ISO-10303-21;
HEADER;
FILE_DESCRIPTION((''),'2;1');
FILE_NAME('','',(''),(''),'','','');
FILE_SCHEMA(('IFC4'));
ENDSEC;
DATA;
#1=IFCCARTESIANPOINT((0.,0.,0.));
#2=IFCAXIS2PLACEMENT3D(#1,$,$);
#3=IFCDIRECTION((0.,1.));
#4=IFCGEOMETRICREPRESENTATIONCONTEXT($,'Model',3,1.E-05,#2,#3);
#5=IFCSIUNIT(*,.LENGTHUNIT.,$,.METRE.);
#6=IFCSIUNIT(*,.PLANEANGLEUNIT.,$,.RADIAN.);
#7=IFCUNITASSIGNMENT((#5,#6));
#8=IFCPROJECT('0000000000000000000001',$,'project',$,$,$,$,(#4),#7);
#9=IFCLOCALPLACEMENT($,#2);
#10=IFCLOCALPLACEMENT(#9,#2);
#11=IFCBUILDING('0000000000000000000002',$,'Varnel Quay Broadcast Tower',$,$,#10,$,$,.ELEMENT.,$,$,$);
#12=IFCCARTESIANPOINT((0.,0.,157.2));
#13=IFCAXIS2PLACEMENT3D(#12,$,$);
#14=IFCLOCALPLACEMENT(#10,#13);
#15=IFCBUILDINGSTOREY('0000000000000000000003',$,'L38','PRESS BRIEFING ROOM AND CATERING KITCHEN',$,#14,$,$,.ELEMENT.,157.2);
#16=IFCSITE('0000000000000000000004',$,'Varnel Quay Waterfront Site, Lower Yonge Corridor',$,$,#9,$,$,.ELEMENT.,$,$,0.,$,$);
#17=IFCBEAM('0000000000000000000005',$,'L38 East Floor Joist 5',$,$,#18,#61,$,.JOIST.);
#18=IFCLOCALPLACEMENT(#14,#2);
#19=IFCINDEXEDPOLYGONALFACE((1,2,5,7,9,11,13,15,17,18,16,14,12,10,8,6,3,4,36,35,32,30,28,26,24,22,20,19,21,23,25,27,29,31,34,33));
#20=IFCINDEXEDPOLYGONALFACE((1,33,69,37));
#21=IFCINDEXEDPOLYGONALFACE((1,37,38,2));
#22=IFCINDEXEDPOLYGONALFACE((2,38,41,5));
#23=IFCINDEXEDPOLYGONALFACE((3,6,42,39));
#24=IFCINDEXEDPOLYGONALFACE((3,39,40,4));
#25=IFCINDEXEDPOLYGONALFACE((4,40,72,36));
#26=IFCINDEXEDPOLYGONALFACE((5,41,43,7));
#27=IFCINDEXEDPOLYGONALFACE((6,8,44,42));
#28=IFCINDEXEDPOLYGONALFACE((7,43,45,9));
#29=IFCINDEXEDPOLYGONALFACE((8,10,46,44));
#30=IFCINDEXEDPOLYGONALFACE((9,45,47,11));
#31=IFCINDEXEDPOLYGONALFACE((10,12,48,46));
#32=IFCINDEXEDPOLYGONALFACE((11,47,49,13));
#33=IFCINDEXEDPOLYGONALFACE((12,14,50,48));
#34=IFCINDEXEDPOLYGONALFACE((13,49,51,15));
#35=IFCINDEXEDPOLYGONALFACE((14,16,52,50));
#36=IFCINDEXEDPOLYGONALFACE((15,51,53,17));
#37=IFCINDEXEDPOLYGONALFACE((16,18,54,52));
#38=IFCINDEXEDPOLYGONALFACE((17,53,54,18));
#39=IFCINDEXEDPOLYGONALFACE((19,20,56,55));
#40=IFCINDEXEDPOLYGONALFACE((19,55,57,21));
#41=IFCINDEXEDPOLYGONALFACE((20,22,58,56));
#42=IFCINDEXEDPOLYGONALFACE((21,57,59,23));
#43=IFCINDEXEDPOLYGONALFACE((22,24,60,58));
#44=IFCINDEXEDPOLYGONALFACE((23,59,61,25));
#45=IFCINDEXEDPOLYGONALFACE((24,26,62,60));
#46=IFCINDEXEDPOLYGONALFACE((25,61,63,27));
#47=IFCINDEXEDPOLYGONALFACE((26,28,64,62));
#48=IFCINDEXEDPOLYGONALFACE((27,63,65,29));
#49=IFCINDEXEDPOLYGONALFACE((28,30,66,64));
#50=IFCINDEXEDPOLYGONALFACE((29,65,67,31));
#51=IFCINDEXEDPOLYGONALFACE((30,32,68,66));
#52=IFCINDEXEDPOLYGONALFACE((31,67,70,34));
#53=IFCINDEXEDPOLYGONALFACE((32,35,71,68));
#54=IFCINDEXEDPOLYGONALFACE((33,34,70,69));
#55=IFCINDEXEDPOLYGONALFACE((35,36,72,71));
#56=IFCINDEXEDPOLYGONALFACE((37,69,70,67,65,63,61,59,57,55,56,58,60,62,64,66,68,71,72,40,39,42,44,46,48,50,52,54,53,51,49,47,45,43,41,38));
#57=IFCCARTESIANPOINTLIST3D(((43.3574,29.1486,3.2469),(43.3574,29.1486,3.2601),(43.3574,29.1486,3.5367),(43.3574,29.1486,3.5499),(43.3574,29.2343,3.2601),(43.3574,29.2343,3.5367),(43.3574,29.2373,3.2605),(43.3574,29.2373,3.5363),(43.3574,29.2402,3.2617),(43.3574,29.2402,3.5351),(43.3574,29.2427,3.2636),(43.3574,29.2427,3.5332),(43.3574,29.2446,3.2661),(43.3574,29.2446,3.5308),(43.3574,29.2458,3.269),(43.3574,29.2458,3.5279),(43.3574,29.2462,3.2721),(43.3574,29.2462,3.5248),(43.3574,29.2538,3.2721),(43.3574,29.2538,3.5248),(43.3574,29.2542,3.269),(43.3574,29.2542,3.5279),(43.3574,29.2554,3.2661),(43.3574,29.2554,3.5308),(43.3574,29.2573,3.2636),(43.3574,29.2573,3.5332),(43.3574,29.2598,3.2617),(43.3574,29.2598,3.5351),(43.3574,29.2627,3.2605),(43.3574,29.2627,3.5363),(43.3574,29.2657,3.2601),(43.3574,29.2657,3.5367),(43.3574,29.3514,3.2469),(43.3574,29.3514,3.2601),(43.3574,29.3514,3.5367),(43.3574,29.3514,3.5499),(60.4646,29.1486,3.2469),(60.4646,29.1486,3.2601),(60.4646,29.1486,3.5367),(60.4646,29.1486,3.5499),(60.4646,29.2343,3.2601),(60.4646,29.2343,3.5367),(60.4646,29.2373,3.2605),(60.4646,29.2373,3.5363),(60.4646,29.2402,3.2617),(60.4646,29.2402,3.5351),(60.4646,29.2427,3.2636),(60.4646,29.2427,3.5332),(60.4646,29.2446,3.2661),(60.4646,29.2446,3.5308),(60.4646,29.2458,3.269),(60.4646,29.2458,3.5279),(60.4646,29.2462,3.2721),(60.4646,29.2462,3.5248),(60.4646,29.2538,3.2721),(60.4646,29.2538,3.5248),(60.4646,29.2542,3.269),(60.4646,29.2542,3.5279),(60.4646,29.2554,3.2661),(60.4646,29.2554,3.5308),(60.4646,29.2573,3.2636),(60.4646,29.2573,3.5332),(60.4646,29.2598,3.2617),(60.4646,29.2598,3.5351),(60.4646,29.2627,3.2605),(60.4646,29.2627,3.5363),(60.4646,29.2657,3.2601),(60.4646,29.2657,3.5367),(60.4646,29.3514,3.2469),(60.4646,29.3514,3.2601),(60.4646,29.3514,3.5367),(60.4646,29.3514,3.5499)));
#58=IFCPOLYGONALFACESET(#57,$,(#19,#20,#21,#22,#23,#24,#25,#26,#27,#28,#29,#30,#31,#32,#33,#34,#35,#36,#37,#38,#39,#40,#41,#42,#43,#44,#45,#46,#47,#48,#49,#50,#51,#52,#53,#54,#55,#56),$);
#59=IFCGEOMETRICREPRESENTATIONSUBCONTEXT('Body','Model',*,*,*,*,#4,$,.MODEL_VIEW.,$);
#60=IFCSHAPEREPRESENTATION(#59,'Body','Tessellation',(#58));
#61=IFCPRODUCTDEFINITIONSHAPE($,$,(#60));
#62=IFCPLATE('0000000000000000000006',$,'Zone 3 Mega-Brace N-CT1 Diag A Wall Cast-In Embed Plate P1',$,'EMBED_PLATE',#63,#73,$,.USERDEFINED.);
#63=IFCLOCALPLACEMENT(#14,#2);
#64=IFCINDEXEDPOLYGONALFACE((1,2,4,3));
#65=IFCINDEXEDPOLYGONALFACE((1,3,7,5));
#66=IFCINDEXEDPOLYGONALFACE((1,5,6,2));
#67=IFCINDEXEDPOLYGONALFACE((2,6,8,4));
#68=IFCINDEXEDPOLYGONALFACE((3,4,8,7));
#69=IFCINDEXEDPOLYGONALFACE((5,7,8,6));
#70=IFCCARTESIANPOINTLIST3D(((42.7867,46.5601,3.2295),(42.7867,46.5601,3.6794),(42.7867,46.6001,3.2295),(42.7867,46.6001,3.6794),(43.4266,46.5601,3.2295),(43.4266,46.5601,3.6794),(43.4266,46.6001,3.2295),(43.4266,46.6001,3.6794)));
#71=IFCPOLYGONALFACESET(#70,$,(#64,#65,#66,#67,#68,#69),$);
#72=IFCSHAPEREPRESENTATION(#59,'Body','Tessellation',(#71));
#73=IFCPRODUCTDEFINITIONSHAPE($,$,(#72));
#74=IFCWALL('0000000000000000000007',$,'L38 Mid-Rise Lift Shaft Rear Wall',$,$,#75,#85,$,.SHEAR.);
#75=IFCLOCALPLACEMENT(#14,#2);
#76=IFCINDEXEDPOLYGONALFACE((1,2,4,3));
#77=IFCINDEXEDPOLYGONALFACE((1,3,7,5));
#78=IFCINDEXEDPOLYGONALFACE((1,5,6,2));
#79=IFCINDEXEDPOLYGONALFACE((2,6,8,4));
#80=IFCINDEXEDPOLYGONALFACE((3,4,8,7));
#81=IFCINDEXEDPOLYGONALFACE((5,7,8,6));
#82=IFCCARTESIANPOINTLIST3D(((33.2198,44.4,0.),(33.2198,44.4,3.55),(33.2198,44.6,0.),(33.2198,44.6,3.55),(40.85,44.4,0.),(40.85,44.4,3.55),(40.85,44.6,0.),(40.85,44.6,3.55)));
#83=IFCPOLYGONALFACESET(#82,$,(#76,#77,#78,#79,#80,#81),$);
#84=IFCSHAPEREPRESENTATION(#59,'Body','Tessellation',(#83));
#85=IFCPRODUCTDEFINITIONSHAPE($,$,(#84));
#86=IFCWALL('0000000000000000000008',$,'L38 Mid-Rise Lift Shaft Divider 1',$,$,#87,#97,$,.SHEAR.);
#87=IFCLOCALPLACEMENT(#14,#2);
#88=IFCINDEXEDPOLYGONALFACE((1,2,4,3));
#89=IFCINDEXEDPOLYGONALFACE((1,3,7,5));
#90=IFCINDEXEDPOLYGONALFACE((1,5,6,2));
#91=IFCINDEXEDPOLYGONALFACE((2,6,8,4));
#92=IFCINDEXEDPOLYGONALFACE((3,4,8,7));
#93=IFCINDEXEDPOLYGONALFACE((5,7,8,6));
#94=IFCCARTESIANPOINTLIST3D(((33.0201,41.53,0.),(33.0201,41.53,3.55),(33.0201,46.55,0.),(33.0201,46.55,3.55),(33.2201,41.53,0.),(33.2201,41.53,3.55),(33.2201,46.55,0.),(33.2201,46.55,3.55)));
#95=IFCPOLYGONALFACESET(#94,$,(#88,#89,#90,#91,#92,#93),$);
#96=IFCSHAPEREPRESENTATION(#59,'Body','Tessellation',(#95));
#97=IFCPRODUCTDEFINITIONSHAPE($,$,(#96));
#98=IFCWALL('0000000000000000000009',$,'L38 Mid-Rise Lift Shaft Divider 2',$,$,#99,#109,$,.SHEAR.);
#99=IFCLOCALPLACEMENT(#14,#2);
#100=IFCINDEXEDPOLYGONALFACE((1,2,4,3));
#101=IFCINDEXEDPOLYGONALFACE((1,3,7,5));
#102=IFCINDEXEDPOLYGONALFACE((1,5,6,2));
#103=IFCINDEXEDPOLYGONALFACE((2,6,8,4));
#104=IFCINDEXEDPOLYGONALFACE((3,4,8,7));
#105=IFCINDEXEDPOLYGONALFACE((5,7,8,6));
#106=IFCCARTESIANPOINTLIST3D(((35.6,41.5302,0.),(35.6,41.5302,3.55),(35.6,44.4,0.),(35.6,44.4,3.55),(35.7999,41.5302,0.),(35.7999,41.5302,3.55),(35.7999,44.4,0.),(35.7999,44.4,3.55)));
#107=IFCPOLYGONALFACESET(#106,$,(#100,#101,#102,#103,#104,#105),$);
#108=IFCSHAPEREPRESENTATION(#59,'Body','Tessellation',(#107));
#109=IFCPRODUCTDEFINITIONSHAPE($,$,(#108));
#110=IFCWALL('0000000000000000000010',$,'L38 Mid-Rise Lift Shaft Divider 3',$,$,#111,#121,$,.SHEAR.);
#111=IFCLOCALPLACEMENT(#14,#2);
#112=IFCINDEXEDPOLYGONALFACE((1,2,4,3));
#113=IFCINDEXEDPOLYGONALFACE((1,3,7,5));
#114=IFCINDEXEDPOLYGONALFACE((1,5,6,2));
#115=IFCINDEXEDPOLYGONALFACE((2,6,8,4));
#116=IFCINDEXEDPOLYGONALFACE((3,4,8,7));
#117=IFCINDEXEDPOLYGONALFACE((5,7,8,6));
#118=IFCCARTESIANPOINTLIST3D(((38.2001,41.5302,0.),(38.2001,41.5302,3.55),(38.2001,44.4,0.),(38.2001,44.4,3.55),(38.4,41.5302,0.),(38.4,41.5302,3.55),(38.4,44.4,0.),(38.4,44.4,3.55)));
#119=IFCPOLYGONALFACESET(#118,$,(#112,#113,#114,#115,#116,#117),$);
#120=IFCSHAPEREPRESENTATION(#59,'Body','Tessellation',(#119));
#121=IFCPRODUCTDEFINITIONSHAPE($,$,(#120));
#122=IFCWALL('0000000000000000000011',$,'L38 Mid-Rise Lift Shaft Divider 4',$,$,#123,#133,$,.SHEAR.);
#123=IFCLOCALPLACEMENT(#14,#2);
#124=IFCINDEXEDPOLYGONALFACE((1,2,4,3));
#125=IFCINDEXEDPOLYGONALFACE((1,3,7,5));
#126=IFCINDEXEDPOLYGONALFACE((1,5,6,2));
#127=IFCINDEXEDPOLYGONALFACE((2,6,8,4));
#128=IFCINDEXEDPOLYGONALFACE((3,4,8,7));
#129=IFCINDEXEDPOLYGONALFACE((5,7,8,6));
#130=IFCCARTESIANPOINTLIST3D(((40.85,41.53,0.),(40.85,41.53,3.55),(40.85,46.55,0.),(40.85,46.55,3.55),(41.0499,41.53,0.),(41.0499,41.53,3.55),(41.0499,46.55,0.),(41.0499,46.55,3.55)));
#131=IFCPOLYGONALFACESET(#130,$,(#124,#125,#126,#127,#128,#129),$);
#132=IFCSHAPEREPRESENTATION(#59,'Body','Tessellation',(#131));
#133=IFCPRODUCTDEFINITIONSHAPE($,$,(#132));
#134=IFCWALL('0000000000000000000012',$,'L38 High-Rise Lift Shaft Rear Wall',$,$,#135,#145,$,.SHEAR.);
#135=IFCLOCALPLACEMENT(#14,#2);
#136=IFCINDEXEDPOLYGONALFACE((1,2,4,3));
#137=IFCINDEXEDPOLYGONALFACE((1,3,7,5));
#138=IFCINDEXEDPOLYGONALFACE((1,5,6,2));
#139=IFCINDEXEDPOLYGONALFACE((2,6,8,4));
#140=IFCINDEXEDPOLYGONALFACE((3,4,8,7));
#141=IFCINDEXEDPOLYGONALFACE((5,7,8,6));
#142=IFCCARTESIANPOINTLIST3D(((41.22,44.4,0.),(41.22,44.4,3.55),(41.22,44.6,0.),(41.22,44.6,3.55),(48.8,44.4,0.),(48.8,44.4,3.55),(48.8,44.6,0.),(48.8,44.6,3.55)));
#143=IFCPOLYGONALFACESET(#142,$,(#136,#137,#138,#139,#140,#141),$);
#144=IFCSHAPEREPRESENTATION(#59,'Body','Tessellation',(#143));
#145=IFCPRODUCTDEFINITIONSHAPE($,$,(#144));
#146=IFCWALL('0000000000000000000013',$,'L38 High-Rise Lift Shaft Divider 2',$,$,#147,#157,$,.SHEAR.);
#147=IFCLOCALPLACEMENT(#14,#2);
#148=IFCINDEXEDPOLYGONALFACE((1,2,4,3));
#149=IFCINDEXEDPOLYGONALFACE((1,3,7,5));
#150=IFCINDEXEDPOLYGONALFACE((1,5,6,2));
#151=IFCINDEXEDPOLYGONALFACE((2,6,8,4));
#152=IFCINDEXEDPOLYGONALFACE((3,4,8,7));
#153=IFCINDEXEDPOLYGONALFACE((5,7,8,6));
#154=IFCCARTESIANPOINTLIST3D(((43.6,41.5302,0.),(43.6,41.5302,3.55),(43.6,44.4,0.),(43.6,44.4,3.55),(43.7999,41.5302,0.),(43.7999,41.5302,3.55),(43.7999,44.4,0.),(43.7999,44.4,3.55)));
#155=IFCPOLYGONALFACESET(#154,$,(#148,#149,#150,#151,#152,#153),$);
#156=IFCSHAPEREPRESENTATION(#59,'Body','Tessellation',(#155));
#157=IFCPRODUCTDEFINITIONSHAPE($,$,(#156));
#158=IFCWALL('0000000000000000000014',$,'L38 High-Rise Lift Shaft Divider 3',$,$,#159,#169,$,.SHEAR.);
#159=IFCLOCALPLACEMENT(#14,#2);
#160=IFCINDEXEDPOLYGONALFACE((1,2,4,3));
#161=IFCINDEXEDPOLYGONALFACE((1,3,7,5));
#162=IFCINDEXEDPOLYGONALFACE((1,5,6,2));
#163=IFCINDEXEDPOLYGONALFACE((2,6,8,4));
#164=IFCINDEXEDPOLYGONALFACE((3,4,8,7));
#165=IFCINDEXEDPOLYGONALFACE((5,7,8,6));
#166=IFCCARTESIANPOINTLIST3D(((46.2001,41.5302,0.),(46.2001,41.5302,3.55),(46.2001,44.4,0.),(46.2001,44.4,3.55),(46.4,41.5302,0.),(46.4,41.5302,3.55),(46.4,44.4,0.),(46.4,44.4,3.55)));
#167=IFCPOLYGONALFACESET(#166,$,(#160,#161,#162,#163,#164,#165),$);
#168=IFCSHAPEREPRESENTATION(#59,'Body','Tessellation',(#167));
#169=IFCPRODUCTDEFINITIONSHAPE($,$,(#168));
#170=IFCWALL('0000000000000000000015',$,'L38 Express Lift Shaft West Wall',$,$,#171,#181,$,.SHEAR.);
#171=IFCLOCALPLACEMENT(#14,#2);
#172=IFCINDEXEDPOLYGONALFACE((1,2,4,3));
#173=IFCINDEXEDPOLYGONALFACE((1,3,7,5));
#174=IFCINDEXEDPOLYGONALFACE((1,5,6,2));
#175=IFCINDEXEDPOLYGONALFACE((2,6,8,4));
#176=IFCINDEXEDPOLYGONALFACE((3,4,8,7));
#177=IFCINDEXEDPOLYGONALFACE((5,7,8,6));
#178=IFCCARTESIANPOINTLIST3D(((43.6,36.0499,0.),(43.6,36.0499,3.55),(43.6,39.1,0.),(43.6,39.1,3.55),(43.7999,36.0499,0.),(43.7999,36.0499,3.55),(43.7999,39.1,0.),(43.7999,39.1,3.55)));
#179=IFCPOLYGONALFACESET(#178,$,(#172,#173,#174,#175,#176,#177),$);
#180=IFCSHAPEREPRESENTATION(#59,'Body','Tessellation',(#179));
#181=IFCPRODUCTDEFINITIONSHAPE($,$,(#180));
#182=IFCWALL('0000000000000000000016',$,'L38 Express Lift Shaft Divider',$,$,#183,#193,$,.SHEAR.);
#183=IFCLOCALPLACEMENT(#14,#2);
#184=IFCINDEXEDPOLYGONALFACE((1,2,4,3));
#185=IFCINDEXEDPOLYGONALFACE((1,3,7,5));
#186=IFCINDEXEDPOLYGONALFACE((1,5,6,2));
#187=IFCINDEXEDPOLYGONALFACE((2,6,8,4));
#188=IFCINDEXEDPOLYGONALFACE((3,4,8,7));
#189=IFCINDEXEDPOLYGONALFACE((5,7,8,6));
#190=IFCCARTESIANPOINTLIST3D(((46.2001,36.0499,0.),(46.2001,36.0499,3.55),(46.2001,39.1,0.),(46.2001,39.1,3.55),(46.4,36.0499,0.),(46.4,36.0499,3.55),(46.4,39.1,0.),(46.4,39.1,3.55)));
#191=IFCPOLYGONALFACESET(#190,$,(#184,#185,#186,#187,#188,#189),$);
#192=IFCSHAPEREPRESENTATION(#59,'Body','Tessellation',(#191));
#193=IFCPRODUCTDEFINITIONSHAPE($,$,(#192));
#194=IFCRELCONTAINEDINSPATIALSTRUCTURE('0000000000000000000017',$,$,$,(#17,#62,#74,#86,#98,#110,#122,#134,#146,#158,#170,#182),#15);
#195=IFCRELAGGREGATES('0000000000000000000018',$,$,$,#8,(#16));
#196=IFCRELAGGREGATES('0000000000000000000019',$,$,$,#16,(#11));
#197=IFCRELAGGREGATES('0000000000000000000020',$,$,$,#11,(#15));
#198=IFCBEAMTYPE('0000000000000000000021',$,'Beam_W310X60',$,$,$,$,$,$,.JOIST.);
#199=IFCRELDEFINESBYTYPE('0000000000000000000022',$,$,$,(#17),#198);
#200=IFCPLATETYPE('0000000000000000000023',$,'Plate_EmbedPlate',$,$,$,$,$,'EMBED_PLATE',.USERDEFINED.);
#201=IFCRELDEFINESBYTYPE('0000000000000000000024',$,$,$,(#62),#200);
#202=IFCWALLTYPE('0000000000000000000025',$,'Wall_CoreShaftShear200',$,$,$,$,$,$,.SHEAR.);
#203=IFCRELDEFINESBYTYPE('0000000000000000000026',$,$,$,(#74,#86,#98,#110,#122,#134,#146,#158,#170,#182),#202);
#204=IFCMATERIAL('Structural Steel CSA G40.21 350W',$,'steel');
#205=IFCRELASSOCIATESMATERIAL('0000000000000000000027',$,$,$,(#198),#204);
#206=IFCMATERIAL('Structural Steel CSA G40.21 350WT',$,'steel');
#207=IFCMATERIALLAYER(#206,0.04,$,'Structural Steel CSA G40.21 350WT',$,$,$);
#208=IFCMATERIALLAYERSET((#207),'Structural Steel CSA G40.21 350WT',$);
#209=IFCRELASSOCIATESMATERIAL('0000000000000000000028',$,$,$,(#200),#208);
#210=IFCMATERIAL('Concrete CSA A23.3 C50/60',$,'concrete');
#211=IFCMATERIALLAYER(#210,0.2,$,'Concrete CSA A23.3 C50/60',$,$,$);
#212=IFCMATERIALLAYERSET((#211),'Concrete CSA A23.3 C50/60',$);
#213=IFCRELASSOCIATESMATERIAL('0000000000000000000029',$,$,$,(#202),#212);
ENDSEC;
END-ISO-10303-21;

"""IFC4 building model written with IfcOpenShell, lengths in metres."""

from ifc_helpers import new_model, si_unit, direction, frame, frame_2d, origin, origin_2d, place, context, subcontext, project, spatial, rectangle, i_section, extrude, source, transform, mapped, material, layer, layer_set, material_profile, profile_set, type_object, type_shapes, element, save


model = new_model("IFC4")

# Units and contexts
model_context = context("Model", 3, precision=1e-05, world=origin(), true_north=direction((0.0, 1.0)))
body_context = subcontext(model_context, "Body", "Model", "MODEL_VIEW")
ifc_project = project(units=[si_unit("LENGTHUNIT", "METRE"), si_unit("PLANEANGLEUNIT", "RADIAN")], contexts=[model_context])

# Site, building, storey
site_placement = place(None, origin())
site = spatial("IfcSite", under=ifc_project, at=site_placement, Name="Varnel Quay Waterfront Site, Lower Yonge Corridor", CompositionType="ELEMENT", RefElevation=0.0)
building_placement = place(site_placement, origin())
building = spatial("IfcBuilding", under=site, at=building_placement, Name="Varnel Quay Broadcast Tower", CompositionType="ELEMENT")
storey_placement = place(building_placement, frame((0.0, 0.0, 157.2)))
storey = spatial("IfcBuildingStorey", under=building, at=storey_placement, Name="L38", Description="PRESS BRIEFING ROOM AND CATERING KITCHEN", CompositionType="ELEMENT", Elevation=157.2)

# Shared definitions
ifc_material_1 = material(Name="Structural Steel CSA G40.21 350WT", Category="steel")

# Beam
ifc_material_2 = material(Name="Concrete CSA A23.3 C50/60", Category="concrete")
ifc_material_3 = material(Name="Structural Steel CSA G40.21 350W", Category="steel")
ifc_material_profile_1 = material_profile(ifc_material_3, i_section(OverallWidth=0.2029, OverallDepth=0.303, WebThickness=0.0076, FlangeThickness=0.0132, FilletRadius=0.012, at=origin_2d()), Name="W310X60")
ifc_profile_set_1 = profile_set([ifc_material_profile_1], Name="Structural Steel CSA G40.21 350W")
beam_type_1 = type_object("IfcBeamType", Name="Beam_W310X60", PredefinedType="JOIST", material=ifc_profile_set_1)
shared_shape_1 = source(origin(), body_context, "Body", "SweptSolid", [
    extrude(i_section(OverallWidth=0.2029, OverallDepth=0.303, WebThickness=0.0076, FlangeThickness=0.0132, FilletRadius=0.012, at=origin_2d()), origin(), (0.0, 0.0, 1.0), 17.1072),
])
type_shapes(beam_type_1, [shared_shape_1])
beam_1_placement = place(storey_placement, frame((43.3574, 29.25, 3.3984), z_axis=(1.0, 0.0, 0.0), x_axis=(0.0, 1.0, 0.0)))
element("IfcBeam", 1, at=beam_1_placement, inside=storey, type_object=beam_type_1, Name="L38 East Floor Joist 5", PredefinedType="JOIST", context=body_context, shape_type="MappedRepresentation", body=[
    mapped(shared_shape_1, transform((0.0, 0.0, 0.0), x_axis=(1.0, 0.0, 0.0), y_axis=(0.0, 1.0, 0.0), z_axis=(0.0, 0.0, 1.0), scale=1.0)),
])

# Plate
ifc_layer_1 = layer(ifc_material_1, 0.04, Name="Structural Steel CSA G40.21 350WT")
ifc_layer_set_1 = layer_set([ifc_layer_1], Name="Structural Steel CSA G40.21 350WT")
plate_type = type_object("IfcPlateType", Name="Plate_EmbedPlate", ElementType="EMBED_PLATE", PredefinedType="USERDEFINED", material=ifc_layer_set_1)
shared_shape_2 = source(origin(), body_context, "Body", "SweptSolid", [
    extrude(rectangle(XDim=0.6399, YDim=0.04, at=origin_2d()), origin(), (0.0, 0.0, 1.0), 0.45),
])
type_shapes(plate_type, [shared_shape_2])
plate_placement = place(storey_placement, frame((43.1067, 46.5801, 3.2295), z_axis=(0.0, 0.0, 1.0), x_axis=(1.0, 0.0, 0.0)))
element("IfcPlate", 2, at=plate_placement, inside=storey, type_object=plate_type, Name="Zone 3 Mega-Brace N-CT1 Diag A Wall Cast-In Embed Plate P1", ObjectType="EMBED_PLATE", PredefinedType="USERDEFINED", context=body_context, shape_type="MappedRepresentation", body=[
    mapped(shared_shape_2, transform((0.0, 0.0, 0.0), x_axis=(1.0, 0.0, 0.0), y_axis=(0.0, 1.0, 0.0), z_axis=(0.0, 0.0, 1.0), scale=1.0)),
])

# Walls
ifc_layer_2 = layer(ifc_material_2, 0.2, Name="Concrete CSA A23.3 C50/60")
ifc_layer_set_2 = layer_set([ifc_layer_2], Name="Concrete CSA A23.3 C50/60")
wall_type_1 = type_object("IfcWallType", Name="Wall_CoreShaftShear200", PredefinedType="SHEAR", material=ifc_layer_set_2)
wall_1_placement = place(storey_placement, frame((33.22, 44.5, 0.0), z_axis=(0.0, 0.0, 1.0), x_axis=(1.0, 0.0, 0.0)))
element("IfcWall", 3, at=wall_1_placement, inside=storey, type_object=wall_type_1, Name="L38 Mid-Rise Lift Shaft Rear Wall", PredefinedType="SHEAR", context=body_context, shape_type="SweptSolid", body=[
    extrude(rectangle(XDim=7.6301, YDim=0.2, at=frame_2d((3.8149, 0.0))), origin(), (0.0, 0.0, 1.0), 3.55),
])
wall_2_placement = place(storey_placement, frame((33.1201, 41.53, 0.0), z_axis=(0.0, 0.0, 1.0), x_axis=(0.0, 1.0, 0.0)))
element("IfcWall", 4, at=wall_2_placement, inside=storey, type_object=wall_type_1, Name="L38 Mid-Rise Lift Shaft Divider 1", PredefinedType="SHEAR", context=body_context, shape_type="SweptSolid", body=[
    extrude(rectangle(XDim=5.02, YDim=0.2, at=frame_2d((2.51, 0.0))), origin(), (0.0, 0.0, 1.0), 3.55),
])
for number, where, z_axis, x_axis, name in (
    (5, (35.7, 41.53, 0.0), (0.0, 0.0, 1.0), (0.0, 1.0, 0.0), "L38 Mid-Rise Lift Shaft Divider 2"),
    (6, (38.3, 41.53, 0.0), (0.0, 0.0, 1.0), (0.0, 1.0, 0.0), "L38 Mid-Rise Lift Shaft Divider 3"),
):
    element("IfcWall", number, at=place(storey_placement, frame(where, z_axis=z_axis, x_axis=x_axis)), inside=storey, type_object=wall_type_1, Name=name, PredefinedType="SHEAR", context=body_context, shape_type="SweptSolid", body=[
        extrude(rectangle(XDim=2.8699, YDim=0.2, at=frame_2d((1.4351, 0.0))), origin(), (0.0, 0.0, 1.0), 3.55),
    ])
wall_3_placement = place(storey_placement, frame((40.95, 41.53, 0.0), z_axis=(0.0, 0.0, 1.0), x_axis=(0.0, 1.0, 0.0)))
element("IfcWall", 7, at=wall_3_placement, inside=storey, type_object=wall_type_1, Name="L38 Mid-Rise Lift Shaft Divider 4", PredefinedType="SHEAR", context=body_context, shape_type="SweptSolid", body=[
    extrude(rectangle(XDim=5.02, YDim=0.2, at=frame_2d((2.51, 0.0))), origin(), (0.0, 0.0, 1.0), 3.55),
])
wall_4_placement = place(storey_placement, frame((41.22, 44.5, 0.0), z_axis=(0.0, 0.0, 1.0), x_axis=(1.0, 0.0, 0.0)))
element("IfcWall", 8, at=wall_4_placement, inside=storey, type_object=wall_type_1, Name="L38 High-Rise Lift Shaft Rear Wall", PredefinedType="SHEAR", context=body_context, shape_type="SweptSolid", body=[
    extrude(rectangle(XDim=7.5801, YDim=0.2, at=frame_2d((3.79, 0.0))), origin(), (0.0, 0.0, 1.0), 3.55),
])
for number, where, z_axis, x_axis, name in (
    (9, (43.7, 41.53, 0.0), (0.0, 0.0, 1.0), (0.0, 1.0, 0.0), "L38 High-Rise Lift Shaft Divider 2"),
    (10, (46.3, 41.53, 0.0), (0.0, 0.0, 1.0), (0.0, 1.0, 0.0), "L38 High-Rise Lift Shaft Divider 3"),
):
    element("IfcWall", number, at=place(storey_placement, frame(where, z_axis=z_axis, x_axis=x_axis)), inside=storey, type_object=wall_type_1, Name=name, PredefinedType="SHEAR", context=body_context, shape_type="SweptSolid", body=[
        extrude(rectangle(XDim=2.8699, YDim=0.2, at=frame_2d((1.4351, 0.0))), origin(), (0.0, 0.0, 1.0), 3.55),
    ])
for number, where, z_axis, x_axis, name in (
    (11, (43.7, 36.05, 0.0), (0.0, 0.0, 1.0), (0.0, 1.0, 0.0), "L38 Express Lift Shaft West Wall"),
    (12, (46.3, 36.05, 0.0), (0.0, 0.0, 1.0), (0.0, 1.0, 0.0), "L38 Express Lift Shaft Divider"),
):
    element("IfcWall", number, at=place(storey_placement, frame(where, z_axis=z_axis, x_axis=x_axis)), inside=storey, type_object=wall_type_1, Name=name, PredefinedType="SHEAR", context=body_context, shape_type="SweptSolid", body=[
        extrude(rectangle(XDim=3.05, YDim=0.2, at=frame_2d((1.5249, 0.0))), origin(), (0.0, 0.0, 1.0), 3.55),
    ])

save(model, "model.ifc")
